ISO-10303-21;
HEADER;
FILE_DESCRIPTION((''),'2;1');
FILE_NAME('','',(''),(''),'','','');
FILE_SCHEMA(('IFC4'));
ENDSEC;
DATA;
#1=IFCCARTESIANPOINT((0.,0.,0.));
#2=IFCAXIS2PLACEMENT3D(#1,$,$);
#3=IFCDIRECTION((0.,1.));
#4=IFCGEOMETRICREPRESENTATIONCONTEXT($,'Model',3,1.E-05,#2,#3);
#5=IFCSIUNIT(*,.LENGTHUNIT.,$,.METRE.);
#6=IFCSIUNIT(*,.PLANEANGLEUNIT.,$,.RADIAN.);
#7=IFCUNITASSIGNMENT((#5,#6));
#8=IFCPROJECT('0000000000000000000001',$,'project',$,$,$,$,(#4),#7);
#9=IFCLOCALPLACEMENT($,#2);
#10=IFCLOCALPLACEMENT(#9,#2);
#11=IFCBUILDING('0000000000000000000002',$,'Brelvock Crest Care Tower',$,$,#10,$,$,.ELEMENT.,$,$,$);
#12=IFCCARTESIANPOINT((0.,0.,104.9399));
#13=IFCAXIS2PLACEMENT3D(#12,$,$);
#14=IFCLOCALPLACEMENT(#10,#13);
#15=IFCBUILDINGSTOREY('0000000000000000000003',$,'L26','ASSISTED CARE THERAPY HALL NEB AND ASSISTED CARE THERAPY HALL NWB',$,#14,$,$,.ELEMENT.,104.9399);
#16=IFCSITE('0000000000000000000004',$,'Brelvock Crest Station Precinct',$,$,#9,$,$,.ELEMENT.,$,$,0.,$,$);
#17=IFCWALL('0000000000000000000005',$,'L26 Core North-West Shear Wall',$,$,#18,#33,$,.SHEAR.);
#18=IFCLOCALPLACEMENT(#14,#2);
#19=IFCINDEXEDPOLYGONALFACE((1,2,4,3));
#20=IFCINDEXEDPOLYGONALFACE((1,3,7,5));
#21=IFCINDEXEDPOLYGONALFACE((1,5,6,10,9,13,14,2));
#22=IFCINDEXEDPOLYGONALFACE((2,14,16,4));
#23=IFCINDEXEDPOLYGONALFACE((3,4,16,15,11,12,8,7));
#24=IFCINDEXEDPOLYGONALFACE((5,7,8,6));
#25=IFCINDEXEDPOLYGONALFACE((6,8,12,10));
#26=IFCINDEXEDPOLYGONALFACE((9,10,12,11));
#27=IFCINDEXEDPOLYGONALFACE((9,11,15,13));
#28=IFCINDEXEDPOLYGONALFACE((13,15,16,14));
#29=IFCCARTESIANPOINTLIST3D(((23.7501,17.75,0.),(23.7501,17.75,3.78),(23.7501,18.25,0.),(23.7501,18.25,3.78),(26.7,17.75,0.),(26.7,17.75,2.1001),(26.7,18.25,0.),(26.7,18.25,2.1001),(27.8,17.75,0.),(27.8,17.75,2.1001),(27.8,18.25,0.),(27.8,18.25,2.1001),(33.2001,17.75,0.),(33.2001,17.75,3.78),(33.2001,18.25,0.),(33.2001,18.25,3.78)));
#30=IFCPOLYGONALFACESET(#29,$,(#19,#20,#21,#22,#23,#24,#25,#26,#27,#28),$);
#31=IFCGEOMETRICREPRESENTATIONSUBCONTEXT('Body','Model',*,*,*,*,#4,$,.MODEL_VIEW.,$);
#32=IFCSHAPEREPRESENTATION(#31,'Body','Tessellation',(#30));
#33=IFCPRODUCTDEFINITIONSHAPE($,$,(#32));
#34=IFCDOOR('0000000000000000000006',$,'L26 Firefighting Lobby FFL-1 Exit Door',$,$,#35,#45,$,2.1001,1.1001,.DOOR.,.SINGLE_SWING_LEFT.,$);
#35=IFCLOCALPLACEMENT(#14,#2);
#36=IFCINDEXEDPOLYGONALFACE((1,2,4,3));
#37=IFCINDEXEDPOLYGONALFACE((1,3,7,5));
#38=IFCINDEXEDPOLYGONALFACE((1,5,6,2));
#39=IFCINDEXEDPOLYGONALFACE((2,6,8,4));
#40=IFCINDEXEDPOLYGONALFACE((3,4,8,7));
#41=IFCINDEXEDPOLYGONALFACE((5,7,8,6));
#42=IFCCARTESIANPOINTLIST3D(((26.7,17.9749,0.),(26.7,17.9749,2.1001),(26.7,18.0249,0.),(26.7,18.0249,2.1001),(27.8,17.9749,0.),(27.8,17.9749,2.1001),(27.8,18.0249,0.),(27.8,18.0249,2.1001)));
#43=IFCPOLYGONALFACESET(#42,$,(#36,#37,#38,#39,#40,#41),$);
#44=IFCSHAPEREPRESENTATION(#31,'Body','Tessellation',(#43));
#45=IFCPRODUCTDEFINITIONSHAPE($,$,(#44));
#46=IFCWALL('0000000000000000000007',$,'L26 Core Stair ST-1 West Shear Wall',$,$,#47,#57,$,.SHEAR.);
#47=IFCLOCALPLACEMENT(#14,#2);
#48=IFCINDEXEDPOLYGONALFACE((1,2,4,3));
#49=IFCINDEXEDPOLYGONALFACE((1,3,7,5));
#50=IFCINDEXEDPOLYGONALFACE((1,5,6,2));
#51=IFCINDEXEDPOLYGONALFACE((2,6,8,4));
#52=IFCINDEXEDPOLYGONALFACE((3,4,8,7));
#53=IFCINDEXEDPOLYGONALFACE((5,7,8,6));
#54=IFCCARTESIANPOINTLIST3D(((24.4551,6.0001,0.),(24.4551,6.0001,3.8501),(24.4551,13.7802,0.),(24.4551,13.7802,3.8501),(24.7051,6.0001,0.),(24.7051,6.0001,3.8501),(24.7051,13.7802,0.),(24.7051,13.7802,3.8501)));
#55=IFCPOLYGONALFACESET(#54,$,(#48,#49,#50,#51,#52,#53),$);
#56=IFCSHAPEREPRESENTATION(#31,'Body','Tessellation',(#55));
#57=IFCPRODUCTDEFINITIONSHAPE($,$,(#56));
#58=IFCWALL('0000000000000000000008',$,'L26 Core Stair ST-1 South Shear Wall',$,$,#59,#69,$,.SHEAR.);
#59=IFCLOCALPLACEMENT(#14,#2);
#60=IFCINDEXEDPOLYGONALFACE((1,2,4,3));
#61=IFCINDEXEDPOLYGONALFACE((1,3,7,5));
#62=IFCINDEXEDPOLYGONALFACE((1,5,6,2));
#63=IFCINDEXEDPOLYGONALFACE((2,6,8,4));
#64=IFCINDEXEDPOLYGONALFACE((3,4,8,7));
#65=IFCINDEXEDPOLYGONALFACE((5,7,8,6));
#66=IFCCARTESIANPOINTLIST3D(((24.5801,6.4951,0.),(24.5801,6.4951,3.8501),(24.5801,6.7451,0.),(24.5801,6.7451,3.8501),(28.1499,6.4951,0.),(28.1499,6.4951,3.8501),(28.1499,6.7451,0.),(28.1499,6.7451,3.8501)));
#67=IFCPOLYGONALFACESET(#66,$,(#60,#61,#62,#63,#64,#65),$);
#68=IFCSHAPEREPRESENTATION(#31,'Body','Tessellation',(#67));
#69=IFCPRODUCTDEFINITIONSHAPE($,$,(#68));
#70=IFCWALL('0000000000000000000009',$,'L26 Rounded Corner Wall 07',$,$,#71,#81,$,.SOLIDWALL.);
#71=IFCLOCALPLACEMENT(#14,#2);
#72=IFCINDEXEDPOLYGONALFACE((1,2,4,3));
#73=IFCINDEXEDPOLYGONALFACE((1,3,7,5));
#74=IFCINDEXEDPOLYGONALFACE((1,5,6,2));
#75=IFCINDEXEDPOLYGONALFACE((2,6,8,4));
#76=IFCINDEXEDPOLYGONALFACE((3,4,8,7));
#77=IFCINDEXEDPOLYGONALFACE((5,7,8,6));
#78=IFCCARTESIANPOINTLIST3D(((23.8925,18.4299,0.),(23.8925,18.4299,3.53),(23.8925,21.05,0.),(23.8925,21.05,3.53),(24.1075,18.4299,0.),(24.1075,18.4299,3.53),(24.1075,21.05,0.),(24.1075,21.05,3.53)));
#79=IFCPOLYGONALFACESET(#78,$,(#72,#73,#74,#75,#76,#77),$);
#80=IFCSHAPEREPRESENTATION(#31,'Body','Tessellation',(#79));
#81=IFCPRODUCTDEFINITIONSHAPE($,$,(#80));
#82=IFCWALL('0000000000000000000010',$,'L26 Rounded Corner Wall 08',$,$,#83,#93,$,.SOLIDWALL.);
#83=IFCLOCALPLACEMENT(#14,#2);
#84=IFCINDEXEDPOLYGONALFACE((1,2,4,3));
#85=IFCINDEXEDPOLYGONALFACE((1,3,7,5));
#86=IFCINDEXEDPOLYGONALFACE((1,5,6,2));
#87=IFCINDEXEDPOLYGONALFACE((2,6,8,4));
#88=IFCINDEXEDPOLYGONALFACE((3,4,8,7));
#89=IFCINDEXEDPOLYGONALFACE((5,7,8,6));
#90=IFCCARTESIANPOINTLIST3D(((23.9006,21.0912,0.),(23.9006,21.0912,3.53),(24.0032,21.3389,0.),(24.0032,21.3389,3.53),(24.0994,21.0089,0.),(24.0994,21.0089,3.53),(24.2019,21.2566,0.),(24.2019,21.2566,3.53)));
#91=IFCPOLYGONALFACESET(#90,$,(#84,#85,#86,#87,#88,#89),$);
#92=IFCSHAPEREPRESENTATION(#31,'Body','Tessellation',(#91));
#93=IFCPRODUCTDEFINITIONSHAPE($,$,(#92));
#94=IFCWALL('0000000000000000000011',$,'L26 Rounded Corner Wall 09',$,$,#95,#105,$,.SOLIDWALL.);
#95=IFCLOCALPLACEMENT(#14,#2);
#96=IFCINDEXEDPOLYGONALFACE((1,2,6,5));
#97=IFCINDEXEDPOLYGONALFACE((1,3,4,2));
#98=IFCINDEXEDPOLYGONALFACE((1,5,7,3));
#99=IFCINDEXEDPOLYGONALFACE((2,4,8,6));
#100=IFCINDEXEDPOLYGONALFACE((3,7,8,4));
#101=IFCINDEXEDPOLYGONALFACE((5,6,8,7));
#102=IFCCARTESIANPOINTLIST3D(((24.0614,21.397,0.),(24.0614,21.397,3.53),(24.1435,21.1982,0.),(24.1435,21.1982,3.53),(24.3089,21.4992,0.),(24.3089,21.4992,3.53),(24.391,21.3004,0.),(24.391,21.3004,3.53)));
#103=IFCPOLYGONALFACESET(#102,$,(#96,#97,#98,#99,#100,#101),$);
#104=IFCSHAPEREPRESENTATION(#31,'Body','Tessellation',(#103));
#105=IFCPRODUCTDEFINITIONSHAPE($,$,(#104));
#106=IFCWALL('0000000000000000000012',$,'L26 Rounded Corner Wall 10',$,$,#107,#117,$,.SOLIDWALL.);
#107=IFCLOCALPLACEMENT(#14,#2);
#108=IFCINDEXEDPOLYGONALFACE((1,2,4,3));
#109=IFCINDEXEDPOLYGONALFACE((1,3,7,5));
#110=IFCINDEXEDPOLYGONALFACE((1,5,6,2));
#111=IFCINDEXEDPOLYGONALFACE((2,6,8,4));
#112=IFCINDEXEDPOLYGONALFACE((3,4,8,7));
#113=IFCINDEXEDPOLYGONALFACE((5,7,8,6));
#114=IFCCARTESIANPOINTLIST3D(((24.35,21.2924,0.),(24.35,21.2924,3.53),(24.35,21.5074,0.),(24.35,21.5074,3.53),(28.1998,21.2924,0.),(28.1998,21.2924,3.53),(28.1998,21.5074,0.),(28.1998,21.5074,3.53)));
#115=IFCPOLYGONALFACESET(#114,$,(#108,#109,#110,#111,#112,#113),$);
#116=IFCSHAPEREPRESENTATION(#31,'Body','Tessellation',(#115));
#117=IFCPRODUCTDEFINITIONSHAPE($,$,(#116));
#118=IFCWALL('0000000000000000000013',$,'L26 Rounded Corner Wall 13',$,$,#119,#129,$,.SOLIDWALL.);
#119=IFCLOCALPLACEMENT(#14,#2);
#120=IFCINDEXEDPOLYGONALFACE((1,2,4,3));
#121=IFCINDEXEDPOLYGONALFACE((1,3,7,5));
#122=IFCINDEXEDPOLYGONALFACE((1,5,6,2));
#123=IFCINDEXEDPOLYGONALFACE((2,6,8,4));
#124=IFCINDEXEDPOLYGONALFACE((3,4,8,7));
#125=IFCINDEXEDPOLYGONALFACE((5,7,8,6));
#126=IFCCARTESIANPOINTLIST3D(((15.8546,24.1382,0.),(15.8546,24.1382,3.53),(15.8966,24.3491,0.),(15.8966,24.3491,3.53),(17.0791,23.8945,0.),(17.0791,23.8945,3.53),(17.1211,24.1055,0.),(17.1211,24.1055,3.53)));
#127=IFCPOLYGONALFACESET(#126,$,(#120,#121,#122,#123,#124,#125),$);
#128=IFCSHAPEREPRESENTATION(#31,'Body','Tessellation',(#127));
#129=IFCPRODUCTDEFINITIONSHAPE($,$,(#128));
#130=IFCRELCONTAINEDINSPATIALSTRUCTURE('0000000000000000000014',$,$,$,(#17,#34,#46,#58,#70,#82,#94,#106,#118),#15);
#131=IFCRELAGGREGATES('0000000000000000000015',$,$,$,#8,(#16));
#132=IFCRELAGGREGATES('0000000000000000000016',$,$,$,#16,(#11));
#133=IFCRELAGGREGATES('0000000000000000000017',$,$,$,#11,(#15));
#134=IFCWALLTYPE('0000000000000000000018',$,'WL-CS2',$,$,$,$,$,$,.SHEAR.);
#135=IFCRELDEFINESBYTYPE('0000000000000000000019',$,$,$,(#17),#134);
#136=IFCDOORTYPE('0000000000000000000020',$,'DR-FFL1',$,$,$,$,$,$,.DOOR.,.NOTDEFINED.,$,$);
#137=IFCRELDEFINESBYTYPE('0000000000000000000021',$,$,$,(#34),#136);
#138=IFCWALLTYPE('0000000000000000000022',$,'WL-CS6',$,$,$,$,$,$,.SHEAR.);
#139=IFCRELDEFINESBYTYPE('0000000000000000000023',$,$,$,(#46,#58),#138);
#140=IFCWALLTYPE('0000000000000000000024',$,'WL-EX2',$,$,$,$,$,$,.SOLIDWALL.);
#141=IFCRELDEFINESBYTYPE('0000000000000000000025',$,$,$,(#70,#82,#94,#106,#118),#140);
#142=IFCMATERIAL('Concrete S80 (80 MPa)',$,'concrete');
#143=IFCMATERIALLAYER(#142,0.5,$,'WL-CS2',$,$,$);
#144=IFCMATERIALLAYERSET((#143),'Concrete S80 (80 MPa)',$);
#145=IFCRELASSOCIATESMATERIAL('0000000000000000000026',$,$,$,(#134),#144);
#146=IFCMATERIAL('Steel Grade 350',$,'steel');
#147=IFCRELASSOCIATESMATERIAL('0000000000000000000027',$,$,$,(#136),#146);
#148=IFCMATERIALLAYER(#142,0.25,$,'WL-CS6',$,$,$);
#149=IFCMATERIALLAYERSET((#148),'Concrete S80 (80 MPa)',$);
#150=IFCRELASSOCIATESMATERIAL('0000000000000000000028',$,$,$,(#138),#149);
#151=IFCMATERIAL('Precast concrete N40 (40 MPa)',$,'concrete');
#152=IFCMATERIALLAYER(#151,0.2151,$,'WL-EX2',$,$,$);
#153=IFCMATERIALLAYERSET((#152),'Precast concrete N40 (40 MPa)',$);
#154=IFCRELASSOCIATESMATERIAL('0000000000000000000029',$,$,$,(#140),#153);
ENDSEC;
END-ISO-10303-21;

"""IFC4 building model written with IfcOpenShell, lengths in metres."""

from ifc_helpers import new_model, si_unit, direction, frame, frame_2d, origin, origin_2d, place, context, subcontext, project, spatial, rectangle, extrude, source, transform, mapped, material, layer, layer_set, type_object, element, fill, save


model = new_model("IFC4")

# Units and contexts
model_context = context("Model", 3, precision=1e-05, world=origin(), true_north=direction((0.0, 1.0)))
body_context = subcontext(model_context, "Body", "Model", "MODEL_VIEW")
ifc_project = project(units=[si_unit("LENGTHUNIT", "METRE"), si_unit("PLANEANGLEUNIT", "RADIAN")], contexts=[model_context])

# Site, building, storey
site_placement = place(None, origin())
site = spatial("IfcSite", under=ifc_project, at=site_placement, Name="Brelvock Crest Station Precinct", CompositionType="ELEMENT", RefElevation=0.0)
building_placement = place(site_placement, origin())
building = spatial("IfcBuilding", under=site, at=building_placement, Name="Brelvock Crest Care Tower", CompositionType="ELEMENT")
storey_placement = place(building_placement, frame((0.0, 0.0, 104.9399)))
storey = spatial("IfcBuildingStorey", under=building, at=storey_placement, Name="L26", Description="ASSISTED CARE THERAPY HALL NEB AND ASSISTED CARE THERAPY HALL NWB", CompositionType="ELEMENT", Elevation=104.9399)

# Shared definitions
ifc_material_1 = material(Name="Concrete S80 (80 MPa)", Category="concrete")

# Shared definitions
ifc_material_2 = material(Name="Steel Grade 350", Category="steel")

# Shared definitions
ifc_layer_1 = layer(ifc_material_1, 0.5, Name="WL-CS2")
ifc_layer_set_1 = layer_set([ifc_layer_1], Name="Concrete S80 (80 MPa)")
wall_type_1 = type_object("IfcWallType", Name="WL-CS2", PredefinedType="SHEAR", material=ifc_layer_set_1)

# Wall, opening, door
wall_1_placement = place(storey_placement, frame((23.75, 18.0, 0.0), z_axis=(0.0, 0.0, 1.0), x_axis=(1.0, 0.0, 0.0)))
wall_1 = element("IfcWall", 1, at=wall_1_placement, inside=storey, type_object=wall_type_1, Name="L26 Core North-West Shear Wall", PredefinedType="SHEAR", context=body_context, shape_type="SweptSolid", body=[
    extrude(rectangle(XDim=9.45, YDim=0.5, at=frame_2d((4.7251, 0.0))), origin(), (0.0, 0.0, 1.0), 3.78),
])
opening_1_placement = place(wall_1_placement, frame((2.95, 0.0, 0.0)))
opening_1 = element("IfcOpeningElement", 2, at=opening_1_placement, cuts=wall_1, PredefinedType="OPENING", context=body_context, shape_type="SweptSolid", body=[
    extrude(rectangle(XDim=1.1001, YDim=2.1001, at=origin_2d()), frame((0.55, 0.26, 1.05), z_axis=(0.0, -1.0, 0.0), x_axis=(1.0, 0.0, 0.0)), (0.0, 0.0, 1.0), 0.52),
])
door_type_1 = type_object("IfcDoorType", Name="DR-FFL1", OperationType="NOTDEFINED", PredefinedType="DOOR", material=ifc_material_2)
shared_shape_1 = source(origin(), body_context, "Body", "SweptSolid", [
    extrude(rectangle(XDim=1.1001, YDim=2.1001, at=origin_2d()), frame((0.55, 0.0249, 1.05), z_axis=(0.0, -1.0, 0.0), x_axis=(1.0, 0.0, 0.0)), (0.0, 0.0, 1.0), 0.05),
])
door_1_placement = place(opening_1_placement, origin())
door_1 = element("IfcDoor", 3, at=door_1_placement, inside=storey, type_object=door_type_1, Name="L26 Firefighting Lobby FFL-1 Exit Door", OperationType="SINGLE_SWING_LEFT", OverallHeight=2.1001, OverallWidth=1.1001, PredefinedType="DOOR", context=body_context, shape_type="MappedRepresentation", body=[
    mapped(shared_shape_1, transform((0.0, 0.0, 0.0), x_axis=(1.0, 0.0, 0.0), y_axis=(0.0, 1.0, 0.0), z_axis=(0.0, 0.0, 1.0), scale=1.0)),
])
fill(opening_1, door_1)

# Walls
ifc_layer_2 = layer(ifc_material_1, 0.25, Name="WL-CS6")
ifc_layer_set_2 = layer_set([ifc_layer_2], Name="Concrete S80 (80 MPa)")
wall_type_2 = type_object("IfcWallType", Name="WL-CS6", PredefinedType="SHEAR", material=ifc_layer_set_2)
wall_2_placement = place(storey_placement, frame((24.5801, 6.0, 0.0), z_axis=(0.0, 0.0, 1.0), x_axis=(0.0, 1.0, 0.0)))
element("IfcWall", 4, at=wall_2_placement, inside=storey, type_object=wall_type_2, Name="L26 Core Stair ST-1 West Shear Wall", PredefinedType="SHEAR", context=body_context, shape_type="SweptSolid", body=[
    extrude(rectangle(XDim=7.78, YDim=0.25, at=frame_2d((3.8901, 0.0))), origin(), (0.0, 0.0, 1.0), 3.8501),
])
wall_3_placement = place(storey_placement, frame((24.5801, 6.6201, 0.0), z_axis=(0.0, 0.0, 1.0), x_axis=(1.0, 0.0, 0.0)))
element("IfcWall", 5, at=wall_3_placement, inside=storey, type_object=wall_type_2, Name="L26 Core Stair ST-1 South Shear Wall", PredefinedType="SHEAR", context=body_context, shape_type="SweptSolid", body=[
    extrude(rectangle(XDim=3.5698, YDim=0.25, at=frame_2d((1.7849, 0.0))), origin(), (0.0, 0.0, 1.0), 3.8501),
])
ifc_material_3 = material(Name="Precast concrete N40 (40 MPa)", Category="concrete")
ifc_layer_3 = layer(ifc_material_3, 0.2151, Name="WL-EX2")
ifc_layer_set_3 = layer_set([ifc_layer_3], Name="Precast concrete N40 (40 MPa)")
wall_type_3 = type_object("IfcWallType", Name="WL-EX2", PredefinedType="SOLIDWALL", material=ifc_layer_set_3)
wall_4_placement = place(storey_placement, frame((24.0, 18.4299, 0.0), z_axis=(0.0, 0.0, 1.0), x_axis=(0.0, 1.0, 0.0)))
element("IfcWall", 6, at=wall_4_placement, inside=storey, type_object=wall_type_3, Name="L26 Rounded Corner Wall 07", PredefinedType="SOLIDWALL", context=body_context, shape_type="SweptSolid", body=[
    extrude(rectangle(XDim=2.6201, YDim=0.2151, at=frame_2d((1.3101, 0.0))), origin(), (0.0, 0.0, 1.0), 3.53),
])
wall_5_placement = place(storey_placement, frame((24.0, 21.05, 0.0), z_axis=(0.0, 0.0, 1.0), x_axis=(0.382674, 0.923884, 0.0)))
element("IfcWall", 7, at=wall_5_placement, inside=storey, type_object=wall_type_3, Name="L26 Rounded Corner Wall 08", PredefinedType="SOLIDWALL", context=body_context, shape_type="SweptSolid", body=[
    extrude(rectangle(XDim=0.2681, YDim=0.2151, at=frame_2d((0.134, 0.0))), origin(), (0.0, 0.0, 1.0), 3.53),
])
wall_6_placement = place(storey_placement, frame((24.1025, 21.2976, 0.0), z_axis=(0.0, 0.0, 1.0), x_axis=(0.924205, 0.381896, 0.0)))
element("IfcWall", 8, at=wall_6_placement, inside=storey, type_object=wall_type_3, Name="L26 Rounded Corner Wall 09", PredefinedType="SOLIDWALL", context=body_context, shape_type="SweptSolid", body=[
    extrude(rectangle(XDim=0.2678, YDim=0.2151, at=frame_2d((0.1338, 0.0))), origin(), (0.0, 0.0, 1.0), 3.53),
])
wall_7_placement = place(storey_placement, frame((24.3501, 21.3999, 0.0), z_axis=(0.0, 0.0, 1.0), x_axis=(1.0, 0.0, 0.0)))
element("IfcWall", 9, at=wall_7_placement, inside=storey, type_object=wall_type_3, Name="L26 Rounded Corner Wall 10", PredefinedType="SOLIDWALL", context=body_context, shape_type="SweptSolid", body=[
    extrude(rectangle(XDim=3.8499, YDim=0.2151, at=frame_2d((1.9248, 0.0))), origin(), (0.0, 0.0, 1.0), 3.53),
])
wall_8_placement = place(storey_placement, frame((17.1001, 24.0, 0.0), z_axis=(0.0, 0.0, 1.0), x_axis=(-0.980776, 0.195138, 0.0)))
element("IfcWall", 10, at=wall_8_placement, inside=storey, type_object=wall_type_3, Name="L26 Rounded Corner Wall 13", PredefinedType="SOLIDWALL", context=body_context, shape_type="SweptSolid", body=[
    extrude(rectangle(XDim=1.2485, YDim=0.2151, at=frame_2d((0.6243, 0.0))), origin(), (0.0, 0.0, 1.0), 3.53),
])

save(model, "model.ifc")
